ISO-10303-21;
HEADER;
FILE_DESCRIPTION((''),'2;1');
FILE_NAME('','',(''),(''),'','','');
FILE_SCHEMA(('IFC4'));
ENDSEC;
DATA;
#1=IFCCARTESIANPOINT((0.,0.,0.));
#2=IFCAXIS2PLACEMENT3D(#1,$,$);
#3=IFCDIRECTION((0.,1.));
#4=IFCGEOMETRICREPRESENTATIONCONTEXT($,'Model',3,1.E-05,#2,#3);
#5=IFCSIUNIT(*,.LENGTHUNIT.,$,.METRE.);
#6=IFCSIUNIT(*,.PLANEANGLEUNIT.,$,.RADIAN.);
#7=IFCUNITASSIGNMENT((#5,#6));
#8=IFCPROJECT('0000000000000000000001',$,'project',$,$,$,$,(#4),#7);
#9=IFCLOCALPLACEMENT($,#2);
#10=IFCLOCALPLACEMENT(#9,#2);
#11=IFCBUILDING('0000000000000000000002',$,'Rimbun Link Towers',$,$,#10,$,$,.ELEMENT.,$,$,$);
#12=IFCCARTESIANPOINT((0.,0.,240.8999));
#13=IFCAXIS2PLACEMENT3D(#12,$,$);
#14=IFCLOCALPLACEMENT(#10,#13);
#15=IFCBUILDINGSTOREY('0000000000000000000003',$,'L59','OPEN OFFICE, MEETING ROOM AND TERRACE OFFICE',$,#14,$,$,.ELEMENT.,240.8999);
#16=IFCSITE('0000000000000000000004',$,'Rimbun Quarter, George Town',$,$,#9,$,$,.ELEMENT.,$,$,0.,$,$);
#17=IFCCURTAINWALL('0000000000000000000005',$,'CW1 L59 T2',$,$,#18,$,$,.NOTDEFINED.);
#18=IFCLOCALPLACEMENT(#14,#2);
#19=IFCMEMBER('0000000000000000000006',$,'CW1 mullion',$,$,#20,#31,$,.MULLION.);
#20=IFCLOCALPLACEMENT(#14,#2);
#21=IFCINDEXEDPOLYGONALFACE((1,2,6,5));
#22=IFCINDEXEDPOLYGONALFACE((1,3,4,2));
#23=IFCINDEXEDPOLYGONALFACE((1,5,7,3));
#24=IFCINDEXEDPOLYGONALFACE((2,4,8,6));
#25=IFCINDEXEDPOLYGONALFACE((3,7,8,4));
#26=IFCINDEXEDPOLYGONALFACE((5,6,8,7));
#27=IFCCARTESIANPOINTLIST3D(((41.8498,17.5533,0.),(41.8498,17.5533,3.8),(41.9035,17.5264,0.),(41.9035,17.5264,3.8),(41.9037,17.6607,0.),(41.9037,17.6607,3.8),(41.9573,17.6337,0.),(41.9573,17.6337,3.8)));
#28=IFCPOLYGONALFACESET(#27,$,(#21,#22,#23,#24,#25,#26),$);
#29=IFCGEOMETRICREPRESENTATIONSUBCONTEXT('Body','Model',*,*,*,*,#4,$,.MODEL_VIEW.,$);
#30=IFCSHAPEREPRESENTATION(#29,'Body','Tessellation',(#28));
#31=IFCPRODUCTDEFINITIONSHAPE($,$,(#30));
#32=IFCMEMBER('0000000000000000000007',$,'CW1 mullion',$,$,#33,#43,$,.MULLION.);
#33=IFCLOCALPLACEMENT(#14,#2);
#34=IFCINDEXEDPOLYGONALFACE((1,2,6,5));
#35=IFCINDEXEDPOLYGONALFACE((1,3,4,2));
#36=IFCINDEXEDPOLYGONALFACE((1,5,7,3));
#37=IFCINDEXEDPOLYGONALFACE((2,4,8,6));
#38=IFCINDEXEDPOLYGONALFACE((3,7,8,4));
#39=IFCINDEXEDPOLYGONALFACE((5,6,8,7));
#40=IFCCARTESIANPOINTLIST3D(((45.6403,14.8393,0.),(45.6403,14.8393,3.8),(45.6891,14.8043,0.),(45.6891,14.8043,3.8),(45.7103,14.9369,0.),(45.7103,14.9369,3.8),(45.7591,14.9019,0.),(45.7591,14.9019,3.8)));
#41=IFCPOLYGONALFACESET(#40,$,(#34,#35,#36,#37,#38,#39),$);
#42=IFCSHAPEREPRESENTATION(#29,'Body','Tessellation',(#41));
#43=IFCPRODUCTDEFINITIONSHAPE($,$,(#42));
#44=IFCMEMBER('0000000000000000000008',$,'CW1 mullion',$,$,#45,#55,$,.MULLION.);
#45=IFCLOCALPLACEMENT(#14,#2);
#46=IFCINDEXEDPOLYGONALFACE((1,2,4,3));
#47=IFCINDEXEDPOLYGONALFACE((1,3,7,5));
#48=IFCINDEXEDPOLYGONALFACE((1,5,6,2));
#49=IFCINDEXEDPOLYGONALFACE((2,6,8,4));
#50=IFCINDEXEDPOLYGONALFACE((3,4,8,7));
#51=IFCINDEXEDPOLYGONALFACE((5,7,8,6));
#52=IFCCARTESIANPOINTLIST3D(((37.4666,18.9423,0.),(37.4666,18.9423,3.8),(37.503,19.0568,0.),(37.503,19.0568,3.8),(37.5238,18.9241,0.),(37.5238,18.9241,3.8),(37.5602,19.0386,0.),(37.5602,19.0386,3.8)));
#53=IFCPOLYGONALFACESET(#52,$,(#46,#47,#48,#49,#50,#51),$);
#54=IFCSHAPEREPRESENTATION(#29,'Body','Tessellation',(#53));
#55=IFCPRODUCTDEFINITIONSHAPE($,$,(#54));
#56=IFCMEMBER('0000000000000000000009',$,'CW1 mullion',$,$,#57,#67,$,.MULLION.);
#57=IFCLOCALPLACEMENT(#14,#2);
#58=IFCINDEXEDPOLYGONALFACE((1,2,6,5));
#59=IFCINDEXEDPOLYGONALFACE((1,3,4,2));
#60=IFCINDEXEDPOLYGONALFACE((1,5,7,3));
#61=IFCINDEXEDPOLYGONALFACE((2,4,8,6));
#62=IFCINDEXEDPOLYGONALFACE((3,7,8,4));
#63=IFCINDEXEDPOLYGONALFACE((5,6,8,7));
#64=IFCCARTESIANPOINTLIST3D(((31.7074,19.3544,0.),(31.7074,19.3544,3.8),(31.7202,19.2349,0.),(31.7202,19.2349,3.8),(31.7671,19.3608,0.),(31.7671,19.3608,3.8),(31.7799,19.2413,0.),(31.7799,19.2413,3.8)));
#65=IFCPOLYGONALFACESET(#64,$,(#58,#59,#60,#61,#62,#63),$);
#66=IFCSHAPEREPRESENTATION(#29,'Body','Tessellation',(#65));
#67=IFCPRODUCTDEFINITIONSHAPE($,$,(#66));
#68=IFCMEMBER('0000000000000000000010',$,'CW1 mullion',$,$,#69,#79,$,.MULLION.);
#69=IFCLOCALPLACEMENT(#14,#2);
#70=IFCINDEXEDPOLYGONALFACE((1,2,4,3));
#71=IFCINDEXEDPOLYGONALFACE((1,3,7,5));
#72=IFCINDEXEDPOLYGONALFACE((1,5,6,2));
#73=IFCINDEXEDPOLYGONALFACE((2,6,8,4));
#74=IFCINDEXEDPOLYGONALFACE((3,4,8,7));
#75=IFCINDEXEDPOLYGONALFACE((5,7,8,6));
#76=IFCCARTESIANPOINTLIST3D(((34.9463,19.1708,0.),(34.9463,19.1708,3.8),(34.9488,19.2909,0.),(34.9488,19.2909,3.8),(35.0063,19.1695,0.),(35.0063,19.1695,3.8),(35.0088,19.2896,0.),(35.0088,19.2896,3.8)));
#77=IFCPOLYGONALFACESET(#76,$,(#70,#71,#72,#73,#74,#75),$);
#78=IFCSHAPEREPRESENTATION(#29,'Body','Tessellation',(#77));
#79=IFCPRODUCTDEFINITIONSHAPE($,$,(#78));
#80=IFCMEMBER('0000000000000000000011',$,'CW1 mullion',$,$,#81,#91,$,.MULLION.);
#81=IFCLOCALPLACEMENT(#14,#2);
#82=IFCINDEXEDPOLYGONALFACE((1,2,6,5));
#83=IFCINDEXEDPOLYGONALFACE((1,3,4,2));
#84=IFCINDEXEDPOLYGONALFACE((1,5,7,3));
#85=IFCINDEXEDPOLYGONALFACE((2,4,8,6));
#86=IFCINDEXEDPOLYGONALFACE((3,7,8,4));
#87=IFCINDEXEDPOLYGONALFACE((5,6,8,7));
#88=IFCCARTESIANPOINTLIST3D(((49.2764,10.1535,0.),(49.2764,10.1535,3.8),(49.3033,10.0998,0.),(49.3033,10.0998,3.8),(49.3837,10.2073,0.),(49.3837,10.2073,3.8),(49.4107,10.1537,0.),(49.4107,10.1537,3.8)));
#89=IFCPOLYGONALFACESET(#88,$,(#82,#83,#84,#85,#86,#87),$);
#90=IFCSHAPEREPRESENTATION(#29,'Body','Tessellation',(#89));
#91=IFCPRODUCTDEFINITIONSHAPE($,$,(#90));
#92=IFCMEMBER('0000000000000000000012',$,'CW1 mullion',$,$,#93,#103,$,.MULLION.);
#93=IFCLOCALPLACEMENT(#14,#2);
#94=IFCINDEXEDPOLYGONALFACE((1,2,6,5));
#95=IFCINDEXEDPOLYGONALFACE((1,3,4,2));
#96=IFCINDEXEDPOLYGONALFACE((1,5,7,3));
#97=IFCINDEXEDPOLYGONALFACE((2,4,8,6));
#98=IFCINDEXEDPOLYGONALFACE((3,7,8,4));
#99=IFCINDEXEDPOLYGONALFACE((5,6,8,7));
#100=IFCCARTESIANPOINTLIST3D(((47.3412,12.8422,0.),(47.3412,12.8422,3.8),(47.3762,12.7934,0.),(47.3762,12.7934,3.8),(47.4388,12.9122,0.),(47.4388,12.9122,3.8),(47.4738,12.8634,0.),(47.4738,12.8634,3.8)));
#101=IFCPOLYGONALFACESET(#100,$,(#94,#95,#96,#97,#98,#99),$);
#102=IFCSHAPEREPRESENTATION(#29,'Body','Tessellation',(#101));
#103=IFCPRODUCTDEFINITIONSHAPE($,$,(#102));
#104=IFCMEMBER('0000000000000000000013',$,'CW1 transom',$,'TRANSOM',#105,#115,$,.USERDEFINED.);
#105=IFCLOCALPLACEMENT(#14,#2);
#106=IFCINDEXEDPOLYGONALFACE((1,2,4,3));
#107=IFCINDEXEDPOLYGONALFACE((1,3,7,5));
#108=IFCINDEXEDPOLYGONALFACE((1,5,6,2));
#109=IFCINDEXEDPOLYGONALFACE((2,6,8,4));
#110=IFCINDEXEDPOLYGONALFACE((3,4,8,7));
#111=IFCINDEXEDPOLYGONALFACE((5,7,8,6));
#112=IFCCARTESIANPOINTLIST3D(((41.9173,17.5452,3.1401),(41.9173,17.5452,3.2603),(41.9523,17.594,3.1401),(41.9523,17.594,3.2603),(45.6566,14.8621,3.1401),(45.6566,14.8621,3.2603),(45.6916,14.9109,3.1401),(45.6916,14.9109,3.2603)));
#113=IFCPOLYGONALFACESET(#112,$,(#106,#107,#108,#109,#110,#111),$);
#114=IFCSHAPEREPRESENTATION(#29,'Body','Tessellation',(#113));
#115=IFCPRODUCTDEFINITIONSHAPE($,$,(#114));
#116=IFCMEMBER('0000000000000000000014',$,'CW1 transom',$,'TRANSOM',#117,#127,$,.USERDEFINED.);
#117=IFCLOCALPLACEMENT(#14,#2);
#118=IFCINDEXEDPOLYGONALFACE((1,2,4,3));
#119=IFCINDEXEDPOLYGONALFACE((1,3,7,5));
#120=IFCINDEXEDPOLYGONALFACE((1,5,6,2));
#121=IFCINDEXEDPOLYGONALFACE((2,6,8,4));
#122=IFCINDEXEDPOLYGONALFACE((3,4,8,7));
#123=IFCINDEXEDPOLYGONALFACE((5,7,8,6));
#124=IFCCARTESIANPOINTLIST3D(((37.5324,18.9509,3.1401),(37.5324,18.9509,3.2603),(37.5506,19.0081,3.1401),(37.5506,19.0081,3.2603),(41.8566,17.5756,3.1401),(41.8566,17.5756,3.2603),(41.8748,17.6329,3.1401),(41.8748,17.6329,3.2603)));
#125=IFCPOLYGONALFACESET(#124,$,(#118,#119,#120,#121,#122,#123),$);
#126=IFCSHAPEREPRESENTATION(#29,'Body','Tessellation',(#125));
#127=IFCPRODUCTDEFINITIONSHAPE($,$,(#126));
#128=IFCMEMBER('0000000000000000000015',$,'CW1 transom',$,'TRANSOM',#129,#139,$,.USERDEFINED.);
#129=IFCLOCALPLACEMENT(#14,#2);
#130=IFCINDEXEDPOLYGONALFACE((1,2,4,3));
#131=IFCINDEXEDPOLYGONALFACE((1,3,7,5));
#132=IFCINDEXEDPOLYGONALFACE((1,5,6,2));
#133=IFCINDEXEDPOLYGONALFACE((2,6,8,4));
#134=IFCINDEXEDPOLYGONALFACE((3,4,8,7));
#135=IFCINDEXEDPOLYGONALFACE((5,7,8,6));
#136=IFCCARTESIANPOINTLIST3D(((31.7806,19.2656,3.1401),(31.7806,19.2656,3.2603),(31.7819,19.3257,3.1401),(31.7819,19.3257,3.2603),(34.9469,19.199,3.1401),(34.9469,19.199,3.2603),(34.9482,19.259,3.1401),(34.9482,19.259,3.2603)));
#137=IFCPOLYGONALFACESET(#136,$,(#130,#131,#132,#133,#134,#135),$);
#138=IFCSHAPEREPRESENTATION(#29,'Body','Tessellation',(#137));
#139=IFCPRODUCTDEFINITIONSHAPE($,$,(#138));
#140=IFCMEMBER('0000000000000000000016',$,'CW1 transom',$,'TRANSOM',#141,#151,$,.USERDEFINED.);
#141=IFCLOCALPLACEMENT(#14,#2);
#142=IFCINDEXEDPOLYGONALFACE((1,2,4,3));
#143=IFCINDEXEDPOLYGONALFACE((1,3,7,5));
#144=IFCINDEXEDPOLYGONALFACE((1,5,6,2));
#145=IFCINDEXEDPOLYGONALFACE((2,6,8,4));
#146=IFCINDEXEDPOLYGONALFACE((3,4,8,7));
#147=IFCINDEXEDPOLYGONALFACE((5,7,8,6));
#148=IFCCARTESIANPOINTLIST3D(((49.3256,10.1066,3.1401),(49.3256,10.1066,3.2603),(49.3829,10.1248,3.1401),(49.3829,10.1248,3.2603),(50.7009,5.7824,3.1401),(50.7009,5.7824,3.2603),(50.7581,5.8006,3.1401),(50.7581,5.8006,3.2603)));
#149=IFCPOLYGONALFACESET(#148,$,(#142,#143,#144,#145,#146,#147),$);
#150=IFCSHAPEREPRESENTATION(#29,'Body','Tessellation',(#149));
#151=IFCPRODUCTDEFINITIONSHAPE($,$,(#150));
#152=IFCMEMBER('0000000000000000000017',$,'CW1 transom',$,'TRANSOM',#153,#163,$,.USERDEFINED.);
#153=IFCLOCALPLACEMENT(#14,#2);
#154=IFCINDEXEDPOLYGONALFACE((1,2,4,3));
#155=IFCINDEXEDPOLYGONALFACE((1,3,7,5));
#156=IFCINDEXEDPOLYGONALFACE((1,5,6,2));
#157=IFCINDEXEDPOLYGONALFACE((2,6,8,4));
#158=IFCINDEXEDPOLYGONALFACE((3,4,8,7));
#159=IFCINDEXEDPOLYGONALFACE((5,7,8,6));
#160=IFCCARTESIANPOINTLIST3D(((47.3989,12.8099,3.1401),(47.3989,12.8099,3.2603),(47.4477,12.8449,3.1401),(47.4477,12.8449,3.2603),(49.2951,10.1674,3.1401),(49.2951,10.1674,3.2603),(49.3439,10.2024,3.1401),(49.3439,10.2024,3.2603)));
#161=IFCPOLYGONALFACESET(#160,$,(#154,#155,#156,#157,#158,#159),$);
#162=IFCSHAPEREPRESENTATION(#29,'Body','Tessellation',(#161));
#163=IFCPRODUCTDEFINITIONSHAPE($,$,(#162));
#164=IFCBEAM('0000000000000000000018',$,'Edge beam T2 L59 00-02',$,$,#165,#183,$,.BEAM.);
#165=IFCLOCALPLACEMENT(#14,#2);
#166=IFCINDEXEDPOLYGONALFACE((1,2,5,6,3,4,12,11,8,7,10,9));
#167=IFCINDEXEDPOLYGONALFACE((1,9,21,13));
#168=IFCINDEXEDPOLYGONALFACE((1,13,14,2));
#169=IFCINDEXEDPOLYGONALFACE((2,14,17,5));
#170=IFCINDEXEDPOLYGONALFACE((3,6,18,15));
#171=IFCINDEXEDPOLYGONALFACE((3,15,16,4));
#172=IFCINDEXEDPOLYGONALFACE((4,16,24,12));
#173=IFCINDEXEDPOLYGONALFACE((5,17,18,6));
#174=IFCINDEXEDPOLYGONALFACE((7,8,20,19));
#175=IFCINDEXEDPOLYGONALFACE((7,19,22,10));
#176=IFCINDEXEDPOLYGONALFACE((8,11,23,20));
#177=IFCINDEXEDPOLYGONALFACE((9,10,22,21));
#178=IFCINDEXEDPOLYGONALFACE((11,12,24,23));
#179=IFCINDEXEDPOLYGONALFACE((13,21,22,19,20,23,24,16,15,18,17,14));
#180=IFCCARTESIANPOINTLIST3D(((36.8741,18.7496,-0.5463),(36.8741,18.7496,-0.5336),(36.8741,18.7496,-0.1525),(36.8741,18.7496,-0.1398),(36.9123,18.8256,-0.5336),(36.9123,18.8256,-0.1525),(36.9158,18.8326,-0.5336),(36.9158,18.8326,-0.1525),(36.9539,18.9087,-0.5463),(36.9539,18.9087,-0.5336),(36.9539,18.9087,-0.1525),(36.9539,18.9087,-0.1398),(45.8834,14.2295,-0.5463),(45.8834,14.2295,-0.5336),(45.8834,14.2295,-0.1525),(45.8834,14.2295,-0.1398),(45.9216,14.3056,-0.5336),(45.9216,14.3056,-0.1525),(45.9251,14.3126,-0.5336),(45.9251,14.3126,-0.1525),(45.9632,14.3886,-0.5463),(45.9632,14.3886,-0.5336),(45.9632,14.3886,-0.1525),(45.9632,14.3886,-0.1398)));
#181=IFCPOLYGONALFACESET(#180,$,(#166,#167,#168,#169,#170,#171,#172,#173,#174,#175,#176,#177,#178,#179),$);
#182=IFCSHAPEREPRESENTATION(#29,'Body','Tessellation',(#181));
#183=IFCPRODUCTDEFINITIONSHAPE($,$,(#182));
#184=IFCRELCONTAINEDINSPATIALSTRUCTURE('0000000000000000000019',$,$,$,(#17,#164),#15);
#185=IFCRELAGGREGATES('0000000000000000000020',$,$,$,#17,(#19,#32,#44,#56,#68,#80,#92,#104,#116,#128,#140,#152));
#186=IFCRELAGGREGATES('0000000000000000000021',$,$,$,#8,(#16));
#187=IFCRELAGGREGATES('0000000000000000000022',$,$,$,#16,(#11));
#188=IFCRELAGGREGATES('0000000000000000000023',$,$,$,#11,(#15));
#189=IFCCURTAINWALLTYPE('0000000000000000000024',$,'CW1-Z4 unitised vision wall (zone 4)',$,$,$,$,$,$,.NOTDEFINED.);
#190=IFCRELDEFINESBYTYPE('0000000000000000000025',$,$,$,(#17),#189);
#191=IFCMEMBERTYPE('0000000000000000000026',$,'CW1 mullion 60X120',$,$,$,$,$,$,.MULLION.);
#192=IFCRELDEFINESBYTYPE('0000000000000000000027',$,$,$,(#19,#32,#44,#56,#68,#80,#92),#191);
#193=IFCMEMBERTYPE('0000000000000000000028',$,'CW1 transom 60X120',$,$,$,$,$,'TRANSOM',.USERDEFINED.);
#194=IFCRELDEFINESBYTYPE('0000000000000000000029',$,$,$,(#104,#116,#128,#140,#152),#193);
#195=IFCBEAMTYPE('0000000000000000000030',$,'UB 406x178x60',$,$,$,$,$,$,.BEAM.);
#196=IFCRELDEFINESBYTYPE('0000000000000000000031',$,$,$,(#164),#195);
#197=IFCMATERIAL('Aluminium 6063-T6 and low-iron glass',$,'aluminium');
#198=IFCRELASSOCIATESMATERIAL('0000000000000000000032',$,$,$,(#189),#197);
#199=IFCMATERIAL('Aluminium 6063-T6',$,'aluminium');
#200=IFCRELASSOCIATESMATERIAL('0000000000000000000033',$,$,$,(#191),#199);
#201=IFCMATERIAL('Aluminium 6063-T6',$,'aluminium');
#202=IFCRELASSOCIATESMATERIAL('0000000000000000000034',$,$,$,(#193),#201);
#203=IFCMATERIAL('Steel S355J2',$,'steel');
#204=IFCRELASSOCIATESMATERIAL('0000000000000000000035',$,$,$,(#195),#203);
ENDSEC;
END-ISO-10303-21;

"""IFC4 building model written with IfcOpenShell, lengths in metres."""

from ifc_helpers import new_model, si_unit, direction, frame, origin, origin_2d, place, context, subcontext, project, spatial, rectangle, i_section, extrude, material, material_profile, profile_set, type_object, element, aggregate, save


model = new_model("IFC4")

# Units and contexts
model_context = context("Model", 3, precision=1e-05, world=origin(), true_north=direction((0.0, 1.0)))
body_context = subcontext(model_context, "Body", "Model", "MODEL_VIEW")
ifc_project = project(units=[si_unit("LENGTHUNIT", "METRE"), si_unit("PLANEANGLEUNIT", "RADIAN")], contexts=[model_context])

# Site, building, storey
site_placement = place(None, origin())
site = spatial("IfcSite", under=ifc_project, at=site_placement, Name="Rimbun Quarter, George Town", CompositionType="ELEMENT", RefElevation=0.0)
building_placement = place(site_placement, origin())
building = spatial("IfcBuilding", under=site, at=building_placement, Name="Rimbun Link Towers", CompositionType="ELEMENT")
storey_placement = place(building_placement, frame((0.0, 0.0, 240.8999)))
storey = spatial("IfcBuildingStorey", under=building, at=storey_placement, Name="L59", Description="OPEN OFFICE, MEETING ROOM AND TERRACE OFFICE", CompositionType="ELEMENT", Elevation=240.8999)

# Curtain wall, members
ifc_material_1 = material(Name="Aluminium 6063-T6 and low-iron glass", Category="aluminium")
curtain_wall_type = type_object("IfcCurtainWallType", Name="CW1-Z4 unitised vision wall (zone 4)", PredefinedType="NOTDEFINED", material=ifc_material_1)
curtain_wall_placement = place(storey_placement, origin())
curtain_wall = element("IfcCurtainWall", 1, at=curtain_wall_placement, inside=storey, type_object=curtain_wall_type, Name="CW1 L59 T2", PredefinedType="NOTDEFINED")
ifc_material_2 = material(Name="Aluminium 6063-T6", Category="aluminium")
ifc_material_profile_1 = material_profile(ifc_material_2, rectangle(XDim=0.1201, YDim=0.0601, at=origin_2d()), Name="MULLION 60X120")
ifc_profile_set_1 = profile_set([ifc_material_profile_1], Name="Aluminium 6063-T6")
member_type_1 = type_object("IfcMemberType", Name="CW1 mullion 60X120", PredefinedType="MULLION", material=ifc_profile_set_1)
member_1_placement = place(storey_placement, frame((41.9036, 17.5935, 0.0), z_axis=(0.0, 0.0, 1.0), x_axis=(0.448572, 0.893747, 0.0)))
member_1 = element("IfcMember", 2, at=member_1_placement, type_object=member_type_1, Name="CW1 mullion", PredefinedType="MULLION", context=body_context, shape_type="SweptSolid", body=[
    extrude(rectangle(XDim=0.1201, YDim=0.0601, at=origin_2d()), origin(), (0.0, 0.0, 1.0), 3.8),
])
member_2_placement = place(storey_placement, frame((45.6997, 14.8706, 0.0), z_axis=(0.0, 0.0, 1.0), x_axis=(0.583003, 0.81247, 0.0)))
member_2 = element("IfcMember", 3, at=member_2_placement, type_object=member_type_1, Name="CW1 mullion", PredefinedType="MULLION", context=body_context, shape_type="SweptSolid", body=[
    extrude(rectangle(XDim=0.1201, YDim=0.0601, at=origin_2d()), origin(), (0.0, 0.0, 1.0), 3.8),
])
member_3_placement = place(storey_placement, frame((37.5134, 18.9905, 0.0), z_axis=(0.0, 0.0, 1.0), x_axis=(0.303072, 0.952968, 0.0)))
member_3 = element("IfcMember", 4, at=member_3_placement, type_object=member_type_1, Name="CW1 mullion", PredefinedType="MULLION", context=body_context, shape_type="SweptSolid", body=[
    extrude(rectangle(XDim=0.1201, YDim=0.0601, at=origin_2d()), origin(), (0.0, 0.0, 1.0), 3.8),
])
member_4_placement = place(storey_placement, frame((31.7437, 19.2979, 0.0), z_axis=(0.0, 0.0, 1.0), x_axis=(-0.10664, 0.994298, 0.0)))
member_4 = element("IfcMember", 5, at=member_4_placement, type_object=member_type_1, Name="CW1 mullion", PredefinedType="MULLION", context=body_context, shape_type="SweptSolid", body=[
    extrude(rectangle(XDim=0.1201, YDim=0.0601, at=origin_2d()), origin(), (0.0, 0.0, 1.0), 3.8),
])
member_5_placement = place(storey_placement, frame((34.9775, 19.2302, 0.0), z_axis=(0.0, 0.0, 1.0), x_axis=(0.021065, 0.999778, 0.0)))
member_5 = element("IfcMember", 6, at=member_5_placement, type_object=member_type_1, Name="CW1 mullion", PredefinedType="MULLION", context=body_context, shape_type="SweptSolid", body=[
    extrude(rectangle(XDim=0.1201, YDim=0.0601, at=origin_2d()), origin(), (0.0, 0.0, 1.0), 3.8),
])
member_6_placement = place(storey_placement, frame((49.3435, 10.1536, 0.0), z_axis=(0.0, 0.0, 1.0), x_axis=(0.893747, 0.448572, 0.0)))
member_6 = element("IfcMember", 7, at=member_6_placement, type_object=member_type_1, Name="CW1 mullion", PredefinedType="MULLION", context=body_context, shape_type="SweptSolid", body=[
    extrude(rectangle(XDim=0.1201, YDim=0.0601, at=origin_2d()), origin(), (0.0, 0.0, 1.0), 3.8),
])
member_7_placement = place(storey_placement, frame((47.4075, 12.8528, 0.0), z_axis=(0.0, 0.0, 1.0), x_axis=(0.81247, 0.583003, 0.0)))
member_7 = element("IfcMember", 8, at=member_7_placement, type_object=member_type_1, Name="CW1 mullion", PredefinedType="MULLION", context=body_context, shape_type="SweptSolid", body=[
    extrude(rectangle(XDim=0.1201, YDim=0.0601, at=origin_2d()), origin(), (0.0, 0.0, 1.0), 3.8),
])
ifc_material_3 = material(Name="Aluminium 6063-T6", Category="aluminium")
ifc_material_profile_2 = material_profile(ifc_material_3, rectangle(XDim=0.0601, YDim=0.1201, at=origin_2d()), Name="TRANSOM 60X120")
ifc_profile_set_2 = profile_set([ifc_material_profile_2], Name="Aluminium 6063-T6")
member_type_2 = type_object("IfcMemberType", Name="CW1 transom 60X120", ElementType="TRANSOM", PredefinedType="USERDEFINED", material=ifc_profile_set_2)
member_8_placement = place(storey_placement, frame((41.9348, 17.5696, 3.2002), z_axis=(0.812477, -0.582993, 0.0), x_axis=(0.582993, 0.812477, 0.0)))
member_8 = element("IfcMember", 9, at=member_8_placement, type_object=member_type_2, Name="CW1 transom", ObjectType="TRANSOM", PredefinedType="USERDEFINED", context=body_context, shape_type="SweptSolid", body=[
    extrude(rectangle(XDim=0.0601, YDim=0.1201, at=origin_2d()), origin(), (0.0, 0.0, 1.0), 4.6023),
])
member_9_placement = place(storey_placement, frame((37.5415, 18.9795, 3.2002), z_axis=(0.952967, -0.303075, 0.0), x_axis=(0.303075, 0.952967, 0.0)))
member_9 = element("IfcMember", 10, at=member_9_placement, type_object=member_type_2, Name="CW1 transom", ObjectType="TRANSOM", PredefinedType="USERDEFINED", context=body_context, shape_type="SweptSolid", body=[
    extrude(rectangle(XDim=0.0601, YDim=0.1201, at=origin_2d()), origin(), (0.0, 0.0, 1.0), 4.5376),
])
member_10_placement = place(storey_placement, frame((31.7812, 19.2957, 3.2002), z_axis=(0.999779, -0.021046, 0.0), x_axis=(0.021046, 0.999779, 0.0)))
member_10 = element("IfcMember", 11, at=member_10_placement, type_object=member_type_2, Name="CW1 transom", ObjectType="TRANSOM", PredefinedType="USERDEFINED", context=body_context, shape_type="SweptSolid", body=[
    extrude(rectangle(XDim=0.0601, YDim=0.1201, at=origin_2d()), origin(), (0.0, 0.0, 1.0), 3.167),
])
member_11_placement = place(storey_placement, frame((49.3542, 10.1157, 3.2002), z_axis=(0.303075, -0.952967, 0.0), x_axis=(0.952967, 0.303075, 0.0)))
member_11 = element("IfcMember", 12, at=member_11_placement, type_object=member_type_2, Name="CW1 transom", ObjectType="TRANSOM", PredefinedType="USERDEFINED", context=body_context, shape_type="SweptSolid", body=[
    extrude(rectangle(XDim=0.0601, YDim=0.1201, at=origin_2d()), origin(), (0.0, 0.0, 1.0), 4.5376),
])
member_12_placement = place(storey_placement, frame((47.4233, 12.8274, 3.2002), z_axis=(0.583005, -0.812469, 0.0), x_axis=(0.812469, 0.583005, 0.0)))
member_12 = element("IfcMember", 13, at=member_12_placement, type_object=member_type_2, Name="CW1 transom", ObjectType="TRANSOM", PredefinedType="USERDEFINED", context=body_context, shape_type="SweptSolid", body=[
    extrude(rectangle(XDim=0.0601, YDim=0.1201, at=origin_2d()), origin(), (0.0, 0.0, 1.0), 3.2524),
])

# Beam
ifc_material_4 = material(Name="Steel S355J2", Category="steel")
ifc_material_profile_3 = material_profile(ifc_material_4, i_section(OverallWidth=0.178, OverallDepth=0.4065, WebThickness=0.0078, FlangeThickness=0.0127, at=origin_2d()), Name="UB 406x178x60")
ifc_profile_set_3 = profile_set([ifc_material_profile_3], Name="Steel S355J2")
beam_type = type_object("IfcBeamType", Name="UB 406x178x60", PredefinedType="BEAM", material=ifc_profile_set_3)
beam_1_placement = place(storey_placement, frame((45.9233, 14.3091, -0.343), z_axis=(-0.893816, 0.448434, 0.0), x_axis=(-0.448434, -0.893816, 0.0)))
element("IfcBeam", 14, at=beam_1_placement, inside=storey, type_object=beam_type, Name="Edge beam T2 L59 00-02", PredefinedType="BEAM", context=body_context, shape_type="SweptSolid", body=[
    extrude(i_section(OverallWidth=0.178, OverallDepth=0.4065, WebThickness=0.0078, FlangeThickness=0.0127, at=origin_2d()), origin(), (0.0, 0.0, 1.0), 10.0796),
])

aggregate(curtain_wall, [member_1, member_2, member_3, member_4, member_5, member_6, member_7, member_8, member_9, member_10, member_11, member_12])

save(model, "model.ifc")
